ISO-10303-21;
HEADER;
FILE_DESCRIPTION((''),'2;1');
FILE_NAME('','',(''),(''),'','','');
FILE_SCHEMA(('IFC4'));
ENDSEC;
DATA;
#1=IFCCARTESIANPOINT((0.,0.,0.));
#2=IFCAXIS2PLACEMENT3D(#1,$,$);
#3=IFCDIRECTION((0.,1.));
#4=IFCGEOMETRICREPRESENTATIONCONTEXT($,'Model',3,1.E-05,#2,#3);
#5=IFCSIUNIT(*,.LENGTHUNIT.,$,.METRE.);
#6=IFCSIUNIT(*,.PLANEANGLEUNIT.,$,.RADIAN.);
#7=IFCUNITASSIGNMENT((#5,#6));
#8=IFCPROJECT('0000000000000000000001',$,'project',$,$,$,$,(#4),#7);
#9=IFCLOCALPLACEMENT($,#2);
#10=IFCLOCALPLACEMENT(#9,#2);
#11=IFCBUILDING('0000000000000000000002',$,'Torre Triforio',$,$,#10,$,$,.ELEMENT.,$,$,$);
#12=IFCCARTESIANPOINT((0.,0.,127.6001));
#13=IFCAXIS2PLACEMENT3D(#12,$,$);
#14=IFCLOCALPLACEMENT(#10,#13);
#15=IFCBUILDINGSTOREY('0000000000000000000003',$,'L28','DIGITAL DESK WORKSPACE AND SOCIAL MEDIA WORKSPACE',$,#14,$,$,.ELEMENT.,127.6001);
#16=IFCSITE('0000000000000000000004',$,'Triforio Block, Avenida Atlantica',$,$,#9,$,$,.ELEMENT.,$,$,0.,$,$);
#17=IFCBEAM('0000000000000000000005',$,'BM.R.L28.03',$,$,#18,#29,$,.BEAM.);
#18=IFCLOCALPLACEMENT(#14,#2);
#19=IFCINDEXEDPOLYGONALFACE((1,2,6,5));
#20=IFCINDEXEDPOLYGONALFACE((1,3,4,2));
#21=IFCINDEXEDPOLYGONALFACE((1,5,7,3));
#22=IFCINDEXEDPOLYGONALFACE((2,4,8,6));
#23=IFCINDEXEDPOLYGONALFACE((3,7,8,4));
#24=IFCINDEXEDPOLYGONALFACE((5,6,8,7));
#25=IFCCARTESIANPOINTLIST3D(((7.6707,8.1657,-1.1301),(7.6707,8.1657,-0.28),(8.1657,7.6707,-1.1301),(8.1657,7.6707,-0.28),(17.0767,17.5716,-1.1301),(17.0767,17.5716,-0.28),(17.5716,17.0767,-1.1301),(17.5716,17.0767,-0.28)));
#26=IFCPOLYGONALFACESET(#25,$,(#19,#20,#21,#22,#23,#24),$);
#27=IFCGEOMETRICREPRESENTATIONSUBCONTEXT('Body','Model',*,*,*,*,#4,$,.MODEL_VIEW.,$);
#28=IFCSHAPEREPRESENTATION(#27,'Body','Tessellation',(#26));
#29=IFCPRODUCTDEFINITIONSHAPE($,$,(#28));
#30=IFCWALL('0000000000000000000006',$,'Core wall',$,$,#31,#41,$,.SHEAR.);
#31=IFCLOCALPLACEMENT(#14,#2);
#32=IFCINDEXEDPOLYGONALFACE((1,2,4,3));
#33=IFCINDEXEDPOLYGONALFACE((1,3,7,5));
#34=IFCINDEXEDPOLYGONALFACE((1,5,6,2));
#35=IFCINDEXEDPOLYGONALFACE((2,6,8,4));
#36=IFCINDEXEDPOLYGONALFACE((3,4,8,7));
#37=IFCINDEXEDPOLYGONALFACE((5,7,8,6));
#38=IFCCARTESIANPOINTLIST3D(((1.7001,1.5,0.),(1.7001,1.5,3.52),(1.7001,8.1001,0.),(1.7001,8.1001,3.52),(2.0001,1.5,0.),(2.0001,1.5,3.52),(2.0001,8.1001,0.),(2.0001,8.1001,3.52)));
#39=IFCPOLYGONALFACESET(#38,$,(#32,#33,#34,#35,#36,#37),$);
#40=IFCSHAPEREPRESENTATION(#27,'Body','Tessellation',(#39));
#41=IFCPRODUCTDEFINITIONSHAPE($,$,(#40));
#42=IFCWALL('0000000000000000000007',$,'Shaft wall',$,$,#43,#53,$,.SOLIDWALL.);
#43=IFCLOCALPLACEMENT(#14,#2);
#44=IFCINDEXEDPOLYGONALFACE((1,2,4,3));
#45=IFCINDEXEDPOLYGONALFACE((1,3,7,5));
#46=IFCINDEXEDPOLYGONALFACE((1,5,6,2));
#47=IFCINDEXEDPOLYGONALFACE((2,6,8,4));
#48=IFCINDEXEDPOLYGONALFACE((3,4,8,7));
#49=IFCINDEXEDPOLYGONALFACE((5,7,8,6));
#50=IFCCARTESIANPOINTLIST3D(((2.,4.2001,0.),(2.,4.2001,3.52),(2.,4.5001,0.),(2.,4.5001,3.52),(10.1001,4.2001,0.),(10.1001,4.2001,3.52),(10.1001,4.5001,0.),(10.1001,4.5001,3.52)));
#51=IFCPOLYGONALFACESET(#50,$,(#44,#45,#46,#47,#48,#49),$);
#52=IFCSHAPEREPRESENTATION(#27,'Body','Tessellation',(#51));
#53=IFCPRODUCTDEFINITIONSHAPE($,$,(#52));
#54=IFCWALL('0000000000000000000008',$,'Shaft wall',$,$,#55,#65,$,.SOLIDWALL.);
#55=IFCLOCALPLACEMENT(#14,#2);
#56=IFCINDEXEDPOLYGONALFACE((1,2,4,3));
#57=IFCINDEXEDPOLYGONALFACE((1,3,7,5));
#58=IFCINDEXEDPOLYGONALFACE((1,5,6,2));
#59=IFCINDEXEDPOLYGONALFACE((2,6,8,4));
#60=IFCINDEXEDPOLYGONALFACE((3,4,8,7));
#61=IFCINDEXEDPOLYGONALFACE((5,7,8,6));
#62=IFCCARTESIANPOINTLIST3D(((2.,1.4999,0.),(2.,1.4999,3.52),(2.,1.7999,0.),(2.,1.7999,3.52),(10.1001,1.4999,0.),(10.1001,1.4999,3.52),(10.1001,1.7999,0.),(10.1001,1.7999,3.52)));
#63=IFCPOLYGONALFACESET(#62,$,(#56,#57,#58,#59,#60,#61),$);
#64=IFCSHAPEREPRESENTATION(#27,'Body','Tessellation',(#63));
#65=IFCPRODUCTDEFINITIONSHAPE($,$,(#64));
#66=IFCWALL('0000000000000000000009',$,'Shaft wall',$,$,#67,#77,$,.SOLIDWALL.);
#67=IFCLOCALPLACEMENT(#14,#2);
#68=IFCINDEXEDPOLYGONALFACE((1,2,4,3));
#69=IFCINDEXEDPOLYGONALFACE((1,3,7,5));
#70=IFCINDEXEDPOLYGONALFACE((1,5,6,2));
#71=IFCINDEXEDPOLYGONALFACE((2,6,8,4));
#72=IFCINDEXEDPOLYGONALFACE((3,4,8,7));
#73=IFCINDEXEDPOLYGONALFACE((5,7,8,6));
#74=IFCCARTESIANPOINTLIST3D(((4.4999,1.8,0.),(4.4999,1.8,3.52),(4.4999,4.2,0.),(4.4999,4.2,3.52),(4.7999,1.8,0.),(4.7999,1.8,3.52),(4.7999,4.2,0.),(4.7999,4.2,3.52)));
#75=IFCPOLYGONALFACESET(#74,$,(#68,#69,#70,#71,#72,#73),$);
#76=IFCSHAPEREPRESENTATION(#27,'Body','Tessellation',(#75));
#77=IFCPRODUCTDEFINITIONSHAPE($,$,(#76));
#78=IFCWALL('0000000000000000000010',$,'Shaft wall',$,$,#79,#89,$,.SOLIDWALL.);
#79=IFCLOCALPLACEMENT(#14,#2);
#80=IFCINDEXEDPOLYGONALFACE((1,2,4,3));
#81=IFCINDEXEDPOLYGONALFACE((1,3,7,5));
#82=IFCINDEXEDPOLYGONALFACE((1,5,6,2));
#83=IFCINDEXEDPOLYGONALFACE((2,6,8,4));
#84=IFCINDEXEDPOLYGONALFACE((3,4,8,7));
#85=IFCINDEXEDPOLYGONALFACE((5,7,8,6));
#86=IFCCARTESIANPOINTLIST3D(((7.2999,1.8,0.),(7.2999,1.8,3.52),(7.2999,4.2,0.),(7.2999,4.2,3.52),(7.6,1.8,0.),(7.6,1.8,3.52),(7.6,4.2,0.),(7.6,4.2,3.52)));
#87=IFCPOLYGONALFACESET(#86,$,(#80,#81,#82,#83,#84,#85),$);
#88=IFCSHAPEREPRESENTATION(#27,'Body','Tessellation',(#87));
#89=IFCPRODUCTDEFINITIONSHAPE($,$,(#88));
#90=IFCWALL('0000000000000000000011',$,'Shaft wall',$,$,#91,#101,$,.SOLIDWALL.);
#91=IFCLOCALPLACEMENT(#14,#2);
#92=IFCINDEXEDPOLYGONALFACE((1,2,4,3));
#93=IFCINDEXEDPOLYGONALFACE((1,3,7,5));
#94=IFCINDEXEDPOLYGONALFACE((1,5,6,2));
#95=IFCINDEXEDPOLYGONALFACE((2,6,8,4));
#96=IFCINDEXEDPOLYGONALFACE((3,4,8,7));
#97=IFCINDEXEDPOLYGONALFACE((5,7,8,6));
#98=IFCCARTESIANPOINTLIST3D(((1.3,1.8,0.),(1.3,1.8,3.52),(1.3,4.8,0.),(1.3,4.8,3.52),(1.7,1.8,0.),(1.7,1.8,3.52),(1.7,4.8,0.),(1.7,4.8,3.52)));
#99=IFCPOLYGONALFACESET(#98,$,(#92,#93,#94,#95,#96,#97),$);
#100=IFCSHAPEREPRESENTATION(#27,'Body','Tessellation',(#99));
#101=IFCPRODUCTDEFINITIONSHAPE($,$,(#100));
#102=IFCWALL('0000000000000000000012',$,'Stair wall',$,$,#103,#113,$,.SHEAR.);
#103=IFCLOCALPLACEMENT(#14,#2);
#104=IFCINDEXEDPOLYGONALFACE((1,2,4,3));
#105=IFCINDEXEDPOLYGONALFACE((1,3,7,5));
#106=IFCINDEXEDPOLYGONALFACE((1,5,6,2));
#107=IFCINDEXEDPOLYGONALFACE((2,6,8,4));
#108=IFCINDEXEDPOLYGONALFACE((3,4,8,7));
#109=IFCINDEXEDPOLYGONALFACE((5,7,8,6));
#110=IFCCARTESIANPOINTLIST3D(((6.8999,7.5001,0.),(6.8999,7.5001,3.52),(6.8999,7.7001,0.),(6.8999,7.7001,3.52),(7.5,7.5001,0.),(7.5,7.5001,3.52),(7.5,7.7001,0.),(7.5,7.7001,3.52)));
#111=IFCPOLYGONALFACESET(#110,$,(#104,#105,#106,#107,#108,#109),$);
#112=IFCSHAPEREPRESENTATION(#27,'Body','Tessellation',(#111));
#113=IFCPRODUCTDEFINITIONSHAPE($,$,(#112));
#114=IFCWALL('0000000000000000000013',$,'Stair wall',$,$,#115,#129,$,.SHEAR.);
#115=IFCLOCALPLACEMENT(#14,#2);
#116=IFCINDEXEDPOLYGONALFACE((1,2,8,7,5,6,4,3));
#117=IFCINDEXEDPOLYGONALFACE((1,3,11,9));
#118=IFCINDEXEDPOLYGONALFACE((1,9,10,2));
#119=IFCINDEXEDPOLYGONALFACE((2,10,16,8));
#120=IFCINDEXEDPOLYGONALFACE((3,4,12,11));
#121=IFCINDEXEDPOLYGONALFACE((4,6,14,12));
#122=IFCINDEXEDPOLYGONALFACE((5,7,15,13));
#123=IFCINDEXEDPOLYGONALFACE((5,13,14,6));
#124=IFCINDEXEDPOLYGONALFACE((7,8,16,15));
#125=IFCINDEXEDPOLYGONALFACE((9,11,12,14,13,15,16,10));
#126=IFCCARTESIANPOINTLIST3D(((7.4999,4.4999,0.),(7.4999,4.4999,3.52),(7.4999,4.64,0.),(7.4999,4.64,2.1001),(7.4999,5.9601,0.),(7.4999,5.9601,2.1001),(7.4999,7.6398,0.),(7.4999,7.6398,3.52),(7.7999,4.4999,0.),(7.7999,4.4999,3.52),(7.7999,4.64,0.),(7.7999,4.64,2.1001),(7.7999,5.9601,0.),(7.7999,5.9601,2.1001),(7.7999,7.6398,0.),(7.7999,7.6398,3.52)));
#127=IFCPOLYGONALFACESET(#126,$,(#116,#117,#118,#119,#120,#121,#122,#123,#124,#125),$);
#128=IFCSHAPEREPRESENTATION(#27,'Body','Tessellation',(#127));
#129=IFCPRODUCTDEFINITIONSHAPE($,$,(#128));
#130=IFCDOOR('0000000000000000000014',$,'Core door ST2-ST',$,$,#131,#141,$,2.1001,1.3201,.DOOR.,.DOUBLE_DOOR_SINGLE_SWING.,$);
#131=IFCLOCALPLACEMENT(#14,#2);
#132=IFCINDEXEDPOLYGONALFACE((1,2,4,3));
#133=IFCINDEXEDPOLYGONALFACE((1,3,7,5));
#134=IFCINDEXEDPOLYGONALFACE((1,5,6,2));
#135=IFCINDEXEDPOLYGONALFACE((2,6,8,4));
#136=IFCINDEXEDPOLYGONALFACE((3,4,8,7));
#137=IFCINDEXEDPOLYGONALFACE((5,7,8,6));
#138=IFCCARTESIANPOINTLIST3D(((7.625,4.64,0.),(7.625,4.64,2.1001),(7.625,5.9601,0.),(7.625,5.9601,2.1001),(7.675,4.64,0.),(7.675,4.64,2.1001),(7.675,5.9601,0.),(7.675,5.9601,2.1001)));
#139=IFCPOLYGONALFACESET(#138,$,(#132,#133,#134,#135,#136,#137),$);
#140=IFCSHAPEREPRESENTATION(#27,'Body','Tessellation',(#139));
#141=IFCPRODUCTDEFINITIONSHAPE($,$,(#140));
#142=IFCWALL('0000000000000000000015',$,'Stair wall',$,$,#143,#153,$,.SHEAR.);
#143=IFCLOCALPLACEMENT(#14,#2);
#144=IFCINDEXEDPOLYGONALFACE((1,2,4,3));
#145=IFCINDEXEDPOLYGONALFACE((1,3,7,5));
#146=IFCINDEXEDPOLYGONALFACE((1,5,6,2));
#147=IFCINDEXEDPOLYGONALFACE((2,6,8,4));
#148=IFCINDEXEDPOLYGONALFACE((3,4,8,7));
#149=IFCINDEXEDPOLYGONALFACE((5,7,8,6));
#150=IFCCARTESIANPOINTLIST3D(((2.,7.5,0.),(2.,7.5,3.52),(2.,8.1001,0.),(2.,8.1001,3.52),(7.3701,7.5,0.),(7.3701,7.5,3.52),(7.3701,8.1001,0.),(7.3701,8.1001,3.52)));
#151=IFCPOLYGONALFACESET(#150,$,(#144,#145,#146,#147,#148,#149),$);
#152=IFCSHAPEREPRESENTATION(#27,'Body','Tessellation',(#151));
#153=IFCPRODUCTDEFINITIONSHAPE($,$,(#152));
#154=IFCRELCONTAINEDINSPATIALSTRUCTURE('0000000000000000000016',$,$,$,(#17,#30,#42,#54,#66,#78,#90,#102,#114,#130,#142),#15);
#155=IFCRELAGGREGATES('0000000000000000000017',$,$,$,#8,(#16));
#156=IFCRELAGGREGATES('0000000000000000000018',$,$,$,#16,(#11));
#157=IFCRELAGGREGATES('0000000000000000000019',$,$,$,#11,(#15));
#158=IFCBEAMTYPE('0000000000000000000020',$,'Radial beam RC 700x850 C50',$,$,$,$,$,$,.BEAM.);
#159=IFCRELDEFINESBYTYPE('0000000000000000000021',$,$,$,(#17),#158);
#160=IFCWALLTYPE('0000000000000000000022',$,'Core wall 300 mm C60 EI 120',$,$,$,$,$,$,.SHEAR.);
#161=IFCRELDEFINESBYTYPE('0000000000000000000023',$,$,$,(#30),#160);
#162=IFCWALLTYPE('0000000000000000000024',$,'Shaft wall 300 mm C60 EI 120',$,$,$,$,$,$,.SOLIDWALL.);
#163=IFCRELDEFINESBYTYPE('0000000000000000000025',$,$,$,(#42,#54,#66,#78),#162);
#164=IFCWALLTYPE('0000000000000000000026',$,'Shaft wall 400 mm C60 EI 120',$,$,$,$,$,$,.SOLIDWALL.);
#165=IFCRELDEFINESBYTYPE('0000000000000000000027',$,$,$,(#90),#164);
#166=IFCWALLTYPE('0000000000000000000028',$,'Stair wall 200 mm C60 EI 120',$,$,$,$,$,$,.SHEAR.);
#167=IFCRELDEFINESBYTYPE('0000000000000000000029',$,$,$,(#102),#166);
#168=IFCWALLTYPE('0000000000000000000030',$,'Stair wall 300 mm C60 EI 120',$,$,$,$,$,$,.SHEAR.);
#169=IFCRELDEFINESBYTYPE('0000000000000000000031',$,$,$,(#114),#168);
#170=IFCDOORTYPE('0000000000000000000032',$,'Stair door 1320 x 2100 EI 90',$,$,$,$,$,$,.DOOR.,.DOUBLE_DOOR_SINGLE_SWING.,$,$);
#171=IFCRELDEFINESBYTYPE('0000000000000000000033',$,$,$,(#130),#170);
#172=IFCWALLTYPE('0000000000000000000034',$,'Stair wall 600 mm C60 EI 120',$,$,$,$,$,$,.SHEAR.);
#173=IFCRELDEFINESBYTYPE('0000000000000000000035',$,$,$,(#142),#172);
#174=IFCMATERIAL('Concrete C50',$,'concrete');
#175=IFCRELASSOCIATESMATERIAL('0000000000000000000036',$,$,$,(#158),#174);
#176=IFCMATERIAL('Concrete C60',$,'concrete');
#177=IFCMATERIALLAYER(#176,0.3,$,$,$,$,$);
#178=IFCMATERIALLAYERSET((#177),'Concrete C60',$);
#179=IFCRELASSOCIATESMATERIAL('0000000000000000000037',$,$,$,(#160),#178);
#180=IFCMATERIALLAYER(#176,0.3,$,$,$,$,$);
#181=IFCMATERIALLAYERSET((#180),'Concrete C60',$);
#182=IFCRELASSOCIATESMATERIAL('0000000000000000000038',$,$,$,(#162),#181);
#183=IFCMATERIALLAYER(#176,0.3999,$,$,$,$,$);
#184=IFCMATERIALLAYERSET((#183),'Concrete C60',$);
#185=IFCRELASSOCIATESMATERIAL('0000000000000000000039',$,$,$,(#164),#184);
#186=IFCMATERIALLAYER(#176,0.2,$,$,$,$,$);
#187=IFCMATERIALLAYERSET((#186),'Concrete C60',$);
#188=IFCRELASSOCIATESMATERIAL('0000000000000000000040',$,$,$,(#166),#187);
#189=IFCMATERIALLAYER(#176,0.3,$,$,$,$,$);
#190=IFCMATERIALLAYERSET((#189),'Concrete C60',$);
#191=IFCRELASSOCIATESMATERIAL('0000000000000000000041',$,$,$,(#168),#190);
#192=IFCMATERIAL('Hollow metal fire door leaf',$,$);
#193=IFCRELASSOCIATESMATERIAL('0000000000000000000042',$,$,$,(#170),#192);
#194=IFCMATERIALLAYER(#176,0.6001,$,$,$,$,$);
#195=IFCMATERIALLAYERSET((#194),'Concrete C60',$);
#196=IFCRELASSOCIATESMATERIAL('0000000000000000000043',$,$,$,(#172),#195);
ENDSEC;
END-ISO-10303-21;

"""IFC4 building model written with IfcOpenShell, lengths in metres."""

from ifc_helpers import new_model, si_unit, direction, frame, frame_2d, origin, origin_2d, place, context, subcontext, project, spatial, rectangle, extrude, material, layer, layer_set, material_profile, profile_set, type_object, element, fill, save


model = new_model("IFC4")

# Units and contexts
model_context = context("Model", 3, precision=1e-05, world=origin(), true_north=direction((0.0, 1.0)))
body_context = subcontext(model_context, "Body", "Model", "MODEL_VIEW")
ifc_project = project(units=[si_unit("LENGTHUNIT", "METRE"), si_unit("PLANEANGLEUNIT", "RADIAN")], contexts=[model_context])

# Site, building, storey
site_placement = place(None, origin())
site = spatial("IfcSite", under=ifc_project, at=site_placement, Name="Triforio Block, Avenida Atlantica", CompositionType="ELEMENT", RefElevation=0.0)
building_placement = place(site_placement, origin())
building = spatial("IfcBuilding", under=site, at=building_placement, Name="Torre Triforio", CompositionType="ELEMENT")
storey_placement = place(building_placement, frame((0.0, 0.0, 127.6001)))
storey = spatial("IfcBuildingStorey", under=building, at=storey_placement, Name="L28", Description="DIGITAL DESK WORKSPACE AND SOCIAL MEDIA WORKSPACE", CompositionType="ELEMENT", Elevation=127.6001)

# Beam
ifc_material_1 = material(Name="Concrete C50", Category="concrete")
ifc_material_profile = material_profile(ifc_material_1, rectangle(XDim=0.7, YDim=0.8501, at=origin_2d()), Name="RC 700x850")
ifc_profile_set = profile_set([ifc_material_profile], Name="Concrete C50")
beam_type = type_object("IfcBeamType", Name="Radial beam RC 700x850 C50", PredefinedType="BEAM", material=ifc_profile_set)
beam_placement = place(storey_placement, frame((7.9182, 7.9182, -0.7051), z_axis=(0.707107, 0.707107, 0.0), x_axis=(-0.707107, 0.707107, 0.0)))
element("IfcBeam", 1, at=beam_placement, inside=storey, type_object=beam_type, Name="BM.R.L28.03", PredefinedType="BEAM", context=body_context, shape_type="SweptSolid", body=[
    extrude(rectangle(XDim=0.7, YDim=0.8501, at=origin_2d()), origin(), (0.0, 0.0, 1.0), 13.302),
])

# Walls
ifc_material_2 = material(Name="Concrete C60", Category="concrete")
ifc_layer_1 = layer(ifc_material_2, 0.3)
ifc_layer_set_1 = layer_set([ifc_layer_1], Name="Concrete C60")
wall_type_1 = type_object("IfcWallType", Name="Core wall 300 mm C60 EI 120", PredefinedType="SHEAR", material=ifc_layer_set_1)
wall_1_placement = place(storey_placement, frame((1.8501, 1.5, 0.0), z_axis=(0.0, 0.0, 1.0), x_axis=(0.0, 1.0, 0.0)))
element("IfcWall", 2, at=wall_1_placement, inside=storey, type_object=wall_type_1, Name="Core wall", PredefinedType="SHEAR", context=body_context, shape_type="SweptSolid", body=[
    extrude(rectangle(XDim=6.6001, YDim=0.3, at=frame_2d((3.3, 0.0))), origin(), (0.0, 0.0, 1.0), 3.52),
])
ifc_layer_2 = layer(ifc_material_2, 0.3)
ifc_layer_set_2 = layer_set([ifc_layer_2], Name="Concrete C60")
wall_type_2 = type_object("IfcWallType", Name="Shaft wall 300 mm C60 EI 120", PredefinedType="SOLIDWALL", material=ifc_layer_set_2)
for number, where, z_axis, x_axis, name in (
    (3, (2.0, 4.3501, 0.0), (0.0, 0.0, 1.0), (1.0, 0.0, 0.0), "Shaft wall"),
    (4, (2.0, 1.6499, 0.0), (0.0, 0.0, 1.0), (1.0, 0.0, 0.0), "Shaft wall"),
):
    element("IfcWall", number, at=place(storey_placement, frame(where, z_axis=z_axis, x_axis=x_axis)), inside=storey, type_object=wall_type_2, Name=name, PredefinedType="SOLIDWALL", context=body_context, shape_type="SweptSolid", body=[
        extrude(rectangle(XDim=8.1001, YDim=0.3, at=frame_2d((4.05, 0.0))), origin(), (0.0, 0.0, 1.0), 3.52),
    ])
for number, where, z_axis, x_axis, name in (
    (5, (4.6499, 1.8, 0.0), (0.0, 0.0, 1.0), (0.0, 1.0, 0.0), "Shaft wall"),
    (6, (7.45, 1.8, 0.0), (0.0, 0.0, 1.0), (0.0, 1.0, 0.0), "Shaft wall"),
):
    element("IfcWall", number, at=place(storey_placement, frame(where, z_axis=z_axis, x_axis=x_axis)), inside=storey, type_object=wall_type_2, Name=name, PredefinedType="SOLIDWALL", context=body_context, shape_type="SweptSolid", body=[
        extrude(rectangle(XDim=2.3999, YDim=0.3, at=frame_2d((1.2, 0.0))), origin(), (0.0, 0.0, 1.0), 3.52),
    ])
ifc_layer_3 = layer(ifc_material_2, 0.3999)
ifc_layer_set_3 = layer_set([ifc_layer_3], Name="Concrete C60")
wall_type_3 = type_object("IfcWallType", Name="Shaft wall 400 mm C60 EI 120", PredefinedType="SOLIDWALL", material=ifc_layer_set_3)
wall_2_placement = place(storey_placement, frame((1.5, 1.8, 0.0), z_axis=(0.0, 0.0, 1.0), x_axis=(0.0, 1.0, 0.0)))
element("IfcWall", 7, at=wall_2_placement, inside=storey, type_object=wall_type_3, Name="Shaft wall", PredefinedType="SOLIDWALL", context=body_context, shape_type="SweptSolid", body=[
    extrude(rectangle(XDim=3.0, YDim=0.3999, at=frame_2d((1.5, 0.0))), origin(), (0.0, 0.0, 1.0), 3.52),
])
ifc_layer_4 = layer(ifc_material_2, 0.2)
ifc_layer_set_4 = layer_set([ifc_layer_4], Name="Concrete C60")
wall_type_4 = type_object("IfcWallType", Name="Stair wall 200 mm C60 EI 120", PredefinedType="SHEAR", material=ifc_layer_set_4)
wall_3_placement = place(storey_placement, frame((6.8999, 7.6001, 0.0), z_axis=(0.0, 0.0, 1.0), x_axis=(1.0, 0.0, 0.0)))
element("IfcWall", 8, at=wall_3_placement, inside=storey, type_object=wall_type_4, Name="Stair wall", PredefinedType="SHEAR", context=body_context, shape_type="SweptSolid", body=[
    extrude(rectangle(XDim=0.6001, YDim=0.2, at=frame_2d((0.3, 0.0))), origin(), (0.0, 0.0, 1.0), 3.52),
])

# Wall, opening, door
ifc_layer_5 = layer(ifc_material_2, 0.3)
ifc_layer_set_5 = layer_set([ifc_layer_5], Name="Concrete C60")
wall_type_5 = type_object("IfcWallType", Name="Stair wall 300 mm C60 EI 120", PredefinedType="SHEAR", material=ifc_layer_set_5)
wall_4_placement = place(storey_placement, frame((7.6499, 4.5, 0.0), z_axis=(0.0, 0.0, 1.0), x_axis=(0.0, 1.0, 0.0)))
wall_4 = element("IfcWall", 9, at=wall_4_placement, inside=storey, type_object=wall_type_5, Name="Stair wall", PredefinedType="SHEAR", context=body_context, shape_type="SweptSolid", body=[
    extrude(rectangle(XDim=3.1399, YDim=0.3, at=frame_2d((1.5698, 0.0))), origin(), (0.0, 0.0, 1.0), 3.52),
])
opening_placement = place(wall_4_placement, frame((0.1399, 0.0, 0.0)))
opening = element("IfcOpeningElement", 10, at=opening_placement, cuts=wall_4, PredefinedType="OPENING", context=body_context, shape_type="SweptSolid", body=[
    extrude(rectangle(XDim=1.3201, YDim=2.1001, at=frame_2d((0.6602, 1.05))), frame((0.0, 0.1599, 0.0), z_axis=(0.0, -1.0, 0.0), x_axis=(1.0, 0.0, 0.0)), (0.0, 0.0, 1.0), 0.3201),
])
ifc_material_3 = material(Name="Hollow metal fire door leaf")
door_type = type_object("IfcDoorType", Name="Stair door 1320 x 2100 EI 90", OperationType="DOUBLE_DOOR_SINGLE_SWING", PredefinedType="DOOR", material=ifc_material_3)
door_placement = place(opening_placement, origin())
door = element("IfcDoor", 11, at=door_placement, inside=storey, type_object=door_type, Name="Core door ST2-ST", OperationType="DOUBLE_DOOR_SINGLE_SWING", OverallHeight=2.1001, OverallWidth=1.3201, PredefinedType="DOOR", context=body_context, shape_type="SweptSolid", body=[
    extrude(rectangle(XDim=1.3201, YDim=2.1001, at=frame_2d((0.6602, 1.05))), frame((0.0, 0.0249, 0.0), z_axis=(0.0, -1.0, 0.0), x_axis=(1.0, 0.0, 0.0)), (0.0, 0.0, 1.0), 0.05),
])
fill(opening, door)

# Wall
ifc_layer_6 = layer(ifc_material_2, 0.6001)
ifc_layer_set_6 = layer_set([ifc_layer_6], Name="Concrete C60")
wall_type_6 = type_object("IfcWallType", Name="Stair wall 600 mm C60 EI 120", PredefinedType="SHEAR", material=ifc_layer_set_6)
wall_5_placement = place(storey_placement, frame((2.0, 7.8, 0.0), z_axis=(0.0, 0.0, 1.0), x_axis=(1.0, 0.0, 0.0)))
element("IfcWall", 12, at=wall_5_placement, inside=storey, type_object=wall_type_6, Name="Stair wall", PredefinedType="SHEAR", context=body_context, shape_type="SweptSolid", body=[
    extrude(rectangle(XDim=5.3701, YDim=0.6001, at=frame_2d((2.6851, 0.0))), origin(), (0.0, 0.0, 1.0), 3.52),
])

save(model, "model.ifc")
